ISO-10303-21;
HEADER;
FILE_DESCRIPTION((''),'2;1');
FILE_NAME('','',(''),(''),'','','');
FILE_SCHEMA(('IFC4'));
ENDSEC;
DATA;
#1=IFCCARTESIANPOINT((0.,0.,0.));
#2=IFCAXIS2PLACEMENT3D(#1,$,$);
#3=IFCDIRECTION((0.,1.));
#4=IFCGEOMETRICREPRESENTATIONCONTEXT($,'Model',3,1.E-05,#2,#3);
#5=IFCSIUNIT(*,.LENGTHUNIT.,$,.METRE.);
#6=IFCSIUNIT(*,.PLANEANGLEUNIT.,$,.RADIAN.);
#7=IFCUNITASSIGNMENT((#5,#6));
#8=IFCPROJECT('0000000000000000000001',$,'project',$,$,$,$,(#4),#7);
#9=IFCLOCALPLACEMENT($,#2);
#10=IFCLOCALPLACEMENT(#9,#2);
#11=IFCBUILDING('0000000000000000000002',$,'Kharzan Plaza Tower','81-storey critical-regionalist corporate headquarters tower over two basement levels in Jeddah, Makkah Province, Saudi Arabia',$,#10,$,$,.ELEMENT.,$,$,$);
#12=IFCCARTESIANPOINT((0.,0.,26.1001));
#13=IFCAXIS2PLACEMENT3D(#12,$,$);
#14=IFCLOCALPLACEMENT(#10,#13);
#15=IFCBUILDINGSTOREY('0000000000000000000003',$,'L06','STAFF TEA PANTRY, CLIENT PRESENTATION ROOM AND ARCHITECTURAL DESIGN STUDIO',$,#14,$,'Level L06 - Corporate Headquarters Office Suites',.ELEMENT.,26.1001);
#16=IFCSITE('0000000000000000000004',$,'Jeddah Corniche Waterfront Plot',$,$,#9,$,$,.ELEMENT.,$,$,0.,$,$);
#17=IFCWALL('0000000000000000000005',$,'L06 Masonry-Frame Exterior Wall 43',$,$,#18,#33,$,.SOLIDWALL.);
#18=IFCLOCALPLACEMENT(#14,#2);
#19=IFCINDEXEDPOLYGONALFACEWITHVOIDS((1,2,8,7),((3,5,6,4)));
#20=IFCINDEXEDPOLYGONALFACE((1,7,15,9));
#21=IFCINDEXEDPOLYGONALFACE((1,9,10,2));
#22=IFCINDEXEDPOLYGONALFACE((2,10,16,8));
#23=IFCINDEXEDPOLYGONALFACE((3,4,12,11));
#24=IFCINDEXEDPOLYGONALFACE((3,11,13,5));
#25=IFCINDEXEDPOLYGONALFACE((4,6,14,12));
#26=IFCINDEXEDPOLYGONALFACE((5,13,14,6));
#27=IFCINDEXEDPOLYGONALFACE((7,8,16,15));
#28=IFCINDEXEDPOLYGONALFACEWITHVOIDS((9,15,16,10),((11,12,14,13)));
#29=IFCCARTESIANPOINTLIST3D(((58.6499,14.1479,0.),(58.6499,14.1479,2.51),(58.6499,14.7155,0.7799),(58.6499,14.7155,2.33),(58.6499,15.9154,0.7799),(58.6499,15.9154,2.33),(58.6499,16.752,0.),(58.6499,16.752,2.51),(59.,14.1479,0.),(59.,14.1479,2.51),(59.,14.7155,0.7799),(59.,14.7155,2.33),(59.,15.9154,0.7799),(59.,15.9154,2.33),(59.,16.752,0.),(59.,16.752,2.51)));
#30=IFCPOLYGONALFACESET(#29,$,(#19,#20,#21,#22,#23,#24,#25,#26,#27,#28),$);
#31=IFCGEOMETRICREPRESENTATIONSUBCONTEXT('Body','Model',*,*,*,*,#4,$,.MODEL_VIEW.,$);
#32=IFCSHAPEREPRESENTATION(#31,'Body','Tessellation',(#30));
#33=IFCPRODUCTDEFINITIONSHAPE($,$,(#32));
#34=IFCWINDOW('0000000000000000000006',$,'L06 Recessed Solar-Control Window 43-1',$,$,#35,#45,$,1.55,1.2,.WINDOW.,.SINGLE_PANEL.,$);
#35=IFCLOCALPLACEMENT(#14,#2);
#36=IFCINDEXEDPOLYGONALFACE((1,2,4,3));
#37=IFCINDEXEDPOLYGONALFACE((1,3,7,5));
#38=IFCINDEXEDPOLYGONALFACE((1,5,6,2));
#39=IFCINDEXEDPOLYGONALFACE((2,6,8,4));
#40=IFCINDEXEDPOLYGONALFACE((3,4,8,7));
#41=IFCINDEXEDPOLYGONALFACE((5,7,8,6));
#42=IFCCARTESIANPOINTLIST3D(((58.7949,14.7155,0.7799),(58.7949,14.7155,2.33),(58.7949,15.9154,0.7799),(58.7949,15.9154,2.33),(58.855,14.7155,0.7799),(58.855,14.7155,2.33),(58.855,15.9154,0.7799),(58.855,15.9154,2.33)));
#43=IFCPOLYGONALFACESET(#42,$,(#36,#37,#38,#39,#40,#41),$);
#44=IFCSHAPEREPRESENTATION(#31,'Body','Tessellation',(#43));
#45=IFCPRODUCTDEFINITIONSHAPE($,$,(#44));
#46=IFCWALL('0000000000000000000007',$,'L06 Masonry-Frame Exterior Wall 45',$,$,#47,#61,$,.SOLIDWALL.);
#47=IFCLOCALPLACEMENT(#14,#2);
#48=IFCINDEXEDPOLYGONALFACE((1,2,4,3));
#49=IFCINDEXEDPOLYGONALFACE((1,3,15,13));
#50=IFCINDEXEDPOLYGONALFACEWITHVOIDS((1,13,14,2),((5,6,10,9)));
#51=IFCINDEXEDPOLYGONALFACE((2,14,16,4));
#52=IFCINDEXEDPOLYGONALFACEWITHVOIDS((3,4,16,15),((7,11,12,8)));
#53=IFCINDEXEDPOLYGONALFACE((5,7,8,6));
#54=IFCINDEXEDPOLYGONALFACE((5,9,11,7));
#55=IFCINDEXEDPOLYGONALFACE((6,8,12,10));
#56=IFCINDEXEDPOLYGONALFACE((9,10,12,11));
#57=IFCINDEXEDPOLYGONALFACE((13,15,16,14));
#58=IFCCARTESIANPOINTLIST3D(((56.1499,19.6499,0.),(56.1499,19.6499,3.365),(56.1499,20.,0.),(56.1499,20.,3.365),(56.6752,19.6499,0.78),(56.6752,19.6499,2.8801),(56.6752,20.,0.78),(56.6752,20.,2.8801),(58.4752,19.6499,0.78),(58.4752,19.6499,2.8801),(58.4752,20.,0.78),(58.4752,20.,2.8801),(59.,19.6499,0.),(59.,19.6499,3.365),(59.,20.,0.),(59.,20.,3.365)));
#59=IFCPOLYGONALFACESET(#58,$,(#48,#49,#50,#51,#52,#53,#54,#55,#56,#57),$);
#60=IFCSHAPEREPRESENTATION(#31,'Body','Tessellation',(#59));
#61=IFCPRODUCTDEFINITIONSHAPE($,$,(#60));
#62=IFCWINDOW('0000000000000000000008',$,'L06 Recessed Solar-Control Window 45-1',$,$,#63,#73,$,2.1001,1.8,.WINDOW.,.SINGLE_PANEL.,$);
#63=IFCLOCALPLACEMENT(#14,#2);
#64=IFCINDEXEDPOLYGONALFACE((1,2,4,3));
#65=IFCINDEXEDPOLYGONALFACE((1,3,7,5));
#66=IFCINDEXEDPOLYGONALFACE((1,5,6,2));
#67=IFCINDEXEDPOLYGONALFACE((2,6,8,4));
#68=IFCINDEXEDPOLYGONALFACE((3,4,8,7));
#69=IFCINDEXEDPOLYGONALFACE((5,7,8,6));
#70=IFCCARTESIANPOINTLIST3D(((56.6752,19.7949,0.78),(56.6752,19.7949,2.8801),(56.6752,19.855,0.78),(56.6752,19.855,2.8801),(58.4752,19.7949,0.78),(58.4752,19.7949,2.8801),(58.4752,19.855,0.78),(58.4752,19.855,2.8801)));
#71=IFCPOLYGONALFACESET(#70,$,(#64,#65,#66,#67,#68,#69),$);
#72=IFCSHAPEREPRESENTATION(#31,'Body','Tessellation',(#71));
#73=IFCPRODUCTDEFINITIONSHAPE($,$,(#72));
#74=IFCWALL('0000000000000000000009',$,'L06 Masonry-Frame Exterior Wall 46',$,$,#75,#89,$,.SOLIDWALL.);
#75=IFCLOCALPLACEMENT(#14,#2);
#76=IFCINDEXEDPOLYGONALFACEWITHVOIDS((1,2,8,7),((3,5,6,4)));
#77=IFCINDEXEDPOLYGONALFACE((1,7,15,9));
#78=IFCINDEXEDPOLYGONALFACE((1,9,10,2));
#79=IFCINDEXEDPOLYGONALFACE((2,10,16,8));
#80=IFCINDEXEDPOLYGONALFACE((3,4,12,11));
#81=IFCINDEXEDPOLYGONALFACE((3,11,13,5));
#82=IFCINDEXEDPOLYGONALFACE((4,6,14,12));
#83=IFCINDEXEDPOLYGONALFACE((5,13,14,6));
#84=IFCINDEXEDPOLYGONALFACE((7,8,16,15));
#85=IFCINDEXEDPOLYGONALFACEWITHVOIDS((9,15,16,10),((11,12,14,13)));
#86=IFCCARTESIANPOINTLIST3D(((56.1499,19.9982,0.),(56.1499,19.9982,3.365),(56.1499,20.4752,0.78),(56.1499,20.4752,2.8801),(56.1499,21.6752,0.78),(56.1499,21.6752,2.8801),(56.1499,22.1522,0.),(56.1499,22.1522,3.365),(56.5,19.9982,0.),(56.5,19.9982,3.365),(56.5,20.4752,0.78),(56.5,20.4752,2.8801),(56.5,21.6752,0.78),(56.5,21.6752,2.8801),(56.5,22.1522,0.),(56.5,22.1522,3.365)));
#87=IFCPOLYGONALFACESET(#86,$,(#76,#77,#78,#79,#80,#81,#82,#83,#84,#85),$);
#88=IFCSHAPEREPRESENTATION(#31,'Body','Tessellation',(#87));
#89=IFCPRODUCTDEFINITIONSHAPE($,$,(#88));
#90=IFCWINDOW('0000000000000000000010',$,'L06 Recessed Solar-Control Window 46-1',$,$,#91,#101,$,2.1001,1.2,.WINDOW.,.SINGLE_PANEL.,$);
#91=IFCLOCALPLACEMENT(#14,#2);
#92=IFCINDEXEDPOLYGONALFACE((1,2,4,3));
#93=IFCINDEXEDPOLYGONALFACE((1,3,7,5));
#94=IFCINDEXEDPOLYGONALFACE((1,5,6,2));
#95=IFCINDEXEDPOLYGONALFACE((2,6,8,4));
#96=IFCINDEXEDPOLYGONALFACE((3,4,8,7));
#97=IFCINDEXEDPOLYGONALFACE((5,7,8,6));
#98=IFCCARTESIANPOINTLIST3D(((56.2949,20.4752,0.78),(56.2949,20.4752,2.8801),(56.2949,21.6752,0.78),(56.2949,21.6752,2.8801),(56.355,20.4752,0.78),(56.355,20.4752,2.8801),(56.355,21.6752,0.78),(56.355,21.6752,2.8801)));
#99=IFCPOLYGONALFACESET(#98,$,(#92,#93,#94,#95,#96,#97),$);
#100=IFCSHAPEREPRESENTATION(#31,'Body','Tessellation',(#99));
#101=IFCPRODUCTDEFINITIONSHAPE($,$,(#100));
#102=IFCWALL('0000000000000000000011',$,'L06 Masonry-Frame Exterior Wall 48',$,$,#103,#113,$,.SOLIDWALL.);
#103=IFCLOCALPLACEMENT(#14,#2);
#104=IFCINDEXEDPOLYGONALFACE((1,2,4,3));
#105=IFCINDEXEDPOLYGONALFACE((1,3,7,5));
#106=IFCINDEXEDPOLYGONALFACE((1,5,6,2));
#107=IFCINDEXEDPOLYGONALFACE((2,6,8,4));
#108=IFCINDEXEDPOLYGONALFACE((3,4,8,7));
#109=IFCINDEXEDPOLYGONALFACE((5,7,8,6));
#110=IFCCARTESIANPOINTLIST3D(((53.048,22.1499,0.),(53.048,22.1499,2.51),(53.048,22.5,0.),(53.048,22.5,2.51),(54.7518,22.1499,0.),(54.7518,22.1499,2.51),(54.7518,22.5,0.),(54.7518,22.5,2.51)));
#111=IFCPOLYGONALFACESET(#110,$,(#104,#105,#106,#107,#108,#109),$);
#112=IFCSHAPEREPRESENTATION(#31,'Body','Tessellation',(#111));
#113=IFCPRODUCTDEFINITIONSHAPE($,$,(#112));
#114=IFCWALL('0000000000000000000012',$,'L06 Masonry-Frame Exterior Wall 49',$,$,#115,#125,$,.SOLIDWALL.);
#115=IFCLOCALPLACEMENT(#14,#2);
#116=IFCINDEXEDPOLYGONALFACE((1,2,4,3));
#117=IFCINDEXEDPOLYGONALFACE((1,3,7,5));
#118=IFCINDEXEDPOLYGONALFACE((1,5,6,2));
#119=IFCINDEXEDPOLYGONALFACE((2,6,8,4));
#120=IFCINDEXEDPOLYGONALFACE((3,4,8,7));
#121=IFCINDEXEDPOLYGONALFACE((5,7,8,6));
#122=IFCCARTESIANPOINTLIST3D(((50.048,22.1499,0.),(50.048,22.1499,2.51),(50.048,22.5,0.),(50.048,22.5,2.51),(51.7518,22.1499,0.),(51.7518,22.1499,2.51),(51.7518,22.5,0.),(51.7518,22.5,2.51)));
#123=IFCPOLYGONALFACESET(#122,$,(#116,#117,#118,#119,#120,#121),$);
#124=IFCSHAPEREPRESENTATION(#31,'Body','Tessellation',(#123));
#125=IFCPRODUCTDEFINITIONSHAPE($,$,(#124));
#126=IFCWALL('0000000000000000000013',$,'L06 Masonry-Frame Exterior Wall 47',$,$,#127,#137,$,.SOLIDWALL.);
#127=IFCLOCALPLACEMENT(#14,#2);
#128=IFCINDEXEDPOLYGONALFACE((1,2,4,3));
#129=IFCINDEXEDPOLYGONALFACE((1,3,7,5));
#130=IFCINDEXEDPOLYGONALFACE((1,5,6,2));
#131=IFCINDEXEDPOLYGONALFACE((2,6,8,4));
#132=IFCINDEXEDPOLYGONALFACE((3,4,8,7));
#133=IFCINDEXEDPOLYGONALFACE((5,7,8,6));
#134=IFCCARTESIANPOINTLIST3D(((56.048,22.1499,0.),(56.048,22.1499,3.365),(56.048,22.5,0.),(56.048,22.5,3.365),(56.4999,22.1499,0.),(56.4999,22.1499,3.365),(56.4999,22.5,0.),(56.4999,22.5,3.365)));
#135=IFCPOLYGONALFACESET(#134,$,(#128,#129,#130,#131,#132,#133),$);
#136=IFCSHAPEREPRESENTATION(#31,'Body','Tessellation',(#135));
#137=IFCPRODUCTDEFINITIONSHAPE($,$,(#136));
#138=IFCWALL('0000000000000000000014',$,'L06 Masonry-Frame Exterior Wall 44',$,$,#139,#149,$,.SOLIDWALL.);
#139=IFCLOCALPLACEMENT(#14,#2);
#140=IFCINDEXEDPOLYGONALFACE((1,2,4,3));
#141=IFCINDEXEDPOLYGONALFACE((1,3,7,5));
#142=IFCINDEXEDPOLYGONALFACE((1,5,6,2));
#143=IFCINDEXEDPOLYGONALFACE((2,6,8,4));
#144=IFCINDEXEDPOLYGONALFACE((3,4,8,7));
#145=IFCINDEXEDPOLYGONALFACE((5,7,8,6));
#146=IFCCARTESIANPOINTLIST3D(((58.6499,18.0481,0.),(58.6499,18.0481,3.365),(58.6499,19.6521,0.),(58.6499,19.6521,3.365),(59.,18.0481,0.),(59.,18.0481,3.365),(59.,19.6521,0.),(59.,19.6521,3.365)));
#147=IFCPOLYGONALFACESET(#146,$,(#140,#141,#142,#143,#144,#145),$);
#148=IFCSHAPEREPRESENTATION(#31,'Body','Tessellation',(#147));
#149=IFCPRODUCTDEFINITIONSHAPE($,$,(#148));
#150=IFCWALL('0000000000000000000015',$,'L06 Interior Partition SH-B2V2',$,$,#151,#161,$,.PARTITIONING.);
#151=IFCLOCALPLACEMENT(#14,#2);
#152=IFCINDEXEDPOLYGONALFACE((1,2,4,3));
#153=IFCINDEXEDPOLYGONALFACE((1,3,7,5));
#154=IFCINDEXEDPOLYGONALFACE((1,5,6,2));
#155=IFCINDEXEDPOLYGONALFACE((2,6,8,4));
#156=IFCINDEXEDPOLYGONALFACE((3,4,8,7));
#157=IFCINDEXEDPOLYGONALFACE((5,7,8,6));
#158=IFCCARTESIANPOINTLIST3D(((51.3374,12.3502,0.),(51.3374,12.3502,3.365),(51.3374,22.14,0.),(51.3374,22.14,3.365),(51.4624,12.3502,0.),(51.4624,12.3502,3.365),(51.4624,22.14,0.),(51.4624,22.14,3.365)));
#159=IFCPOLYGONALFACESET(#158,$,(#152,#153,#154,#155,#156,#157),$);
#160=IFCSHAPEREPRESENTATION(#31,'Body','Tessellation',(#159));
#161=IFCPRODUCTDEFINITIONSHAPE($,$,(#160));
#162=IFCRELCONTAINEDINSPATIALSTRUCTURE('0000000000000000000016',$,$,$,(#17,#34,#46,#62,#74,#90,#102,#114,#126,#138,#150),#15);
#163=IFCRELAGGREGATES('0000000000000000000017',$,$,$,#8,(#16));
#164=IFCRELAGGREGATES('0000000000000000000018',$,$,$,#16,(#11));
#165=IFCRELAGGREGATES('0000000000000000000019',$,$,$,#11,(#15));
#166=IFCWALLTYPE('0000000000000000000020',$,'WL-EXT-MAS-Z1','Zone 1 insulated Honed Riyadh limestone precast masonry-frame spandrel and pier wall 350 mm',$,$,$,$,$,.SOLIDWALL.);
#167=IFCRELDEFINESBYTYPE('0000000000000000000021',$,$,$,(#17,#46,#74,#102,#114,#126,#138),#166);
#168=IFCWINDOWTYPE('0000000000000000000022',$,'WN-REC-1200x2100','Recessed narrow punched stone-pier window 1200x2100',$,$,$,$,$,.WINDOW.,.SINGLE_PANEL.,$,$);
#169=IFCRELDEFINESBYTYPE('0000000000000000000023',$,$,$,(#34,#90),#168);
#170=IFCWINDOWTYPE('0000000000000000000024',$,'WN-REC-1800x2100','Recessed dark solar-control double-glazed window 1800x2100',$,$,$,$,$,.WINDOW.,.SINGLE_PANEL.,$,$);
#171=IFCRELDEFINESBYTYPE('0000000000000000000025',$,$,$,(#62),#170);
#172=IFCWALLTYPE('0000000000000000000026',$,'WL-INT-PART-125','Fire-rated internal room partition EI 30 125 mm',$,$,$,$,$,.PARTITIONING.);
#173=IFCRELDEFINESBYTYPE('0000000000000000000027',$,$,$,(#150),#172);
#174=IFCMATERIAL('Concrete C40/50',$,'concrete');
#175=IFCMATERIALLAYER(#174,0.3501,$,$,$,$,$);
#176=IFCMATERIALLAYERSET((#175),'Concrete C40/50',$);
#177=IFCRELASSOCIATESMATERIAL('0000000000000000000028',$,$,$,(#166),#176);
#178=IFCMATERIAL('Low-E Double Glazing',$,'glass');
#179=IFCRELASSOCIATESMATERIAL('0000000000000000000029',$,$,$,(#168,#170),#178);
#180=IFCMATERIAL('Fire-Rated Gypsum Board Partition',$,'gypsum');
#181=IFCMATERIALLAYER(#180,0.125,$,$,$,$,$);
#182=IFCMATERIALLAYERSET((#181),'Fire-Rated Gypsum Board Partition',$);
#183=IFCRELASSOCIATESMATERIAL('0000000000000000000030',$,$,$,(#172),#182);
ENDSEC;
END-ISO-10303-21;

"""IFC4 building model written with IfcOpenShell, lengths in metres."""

from ifc_helpers import new_model, si_unit, direction, frame, frame_2d, origin, place, context, subcontext, project, spatial, rectangle, extrude, source, transform, mapped, material, layer, layer_set, type_object, element, fill, save


model = new_model("IFC4")

# Units and contexts
model_context = context("Model", 3, precision=1e-05, world=origin(), true_north=direction((0.0, 1.0)))
body_context = subcontext(model_context, "Body", "Model", "MODEL_VIEW")
ifc_project = project(units=[si_unit("LENGTHUNIT", "METRE"), si_unit("PLANEANGLEUNIT", "RADIAN")], contexts=[model_context])

# Site, building, storey
site_placement = place(None, origin())
site = spatial("IfcSite", under=ifc_project, at=site_placement, Name="Jeddah Corniche Waterfront Plot", CompositionType="ELEMENT", RefElevation=0.0)
building_placement = place(site_placement, origin())
building = spatial("IfcBuilding", under=site, at=building_placement, Name="Kharzan Plaza Tower", Description="81-storey critical-regionalist corporate headquarters tower over two basement levels in Jeddah, Makkah Province, Saudi Arabia", CompositionType="ELEMENT")
storey_placement = place(building_placement, frame((0.0, 0.0, 26.1001)))
storey = spatial("IfcBuildingStorey", under=building, at=storey_placement, Name="L06", Description="STAFF TEA PANTRY, CLIENT PRESENTATION ROOM AND ARCHITECTURAL DESIGN STUDIO", LongName="Level L06 - Corporate Headquarters Office Suites", CompositionType="ELEMENT", Elevation=26.1001)

# Walls, openings, windows
ifc_material_1 = material(Name="Concrete C40/50", Category="concrete")
ifc_layer_1 = layer(ifc_material_1, 0.3501)
ifc_layer_set_1 = layer_set([ifc_layer_1], Name="Concrete C40/50")
wall_type_1 = type_object("IfcWallType", Name="WL-EXT-MAS-Z1", Description="Zone 1 insulated Honed Riyadh limestone precast masonry-frame spandrel and pier wall 350 mm", PredefinedType="SOLIDWALL", material=ifc_layer_set_1)
wall_1_placement = place(storey_placement, frame((58.825, 14.1479, 0.0), z_axis=(0.0, 0.0, 1.0), x_axis=(0.0, 1.0, 0.0)))
wall_1 = element("IfcWall", 1, at=wall_1_placement, inside=storey, type_object=wall_type_1, Name="L06 Masonry-Frame Exterior Wall 43", PredefinedType="SOLIDWALL", context=body_context, shape_type="SweptSolid", body=[
    extrude(rectangle(XDim=2.604, YDim=0.3501, at=frame_2d((1.302, 0.0))), origin(), (0.0, 0.0, 1.0), 2.51),
])
opening_1_placement = place(wall_1_placement, frame((0.5674, 0.0, 0.78)))
opening_1 = element("IfcOpeningElement", 2, at=opening_1_placement, cuts=wall_1, PredefinedType="OPENING", context=body_context, shape_type="SweptSolid", body=[
    extrude(rectangle(XDim=1.2, YDim=1.55, at=frame_2d((0.6001, 0.7749))), frame((0.0, 0.1851, 0.0), z_axis=(0.0, -1.0, 0.0), x_axis=(1.0, 0.0, 0.0)), (0.0, 0.0, 1.0), 0.3701),
])
ifc_material_2 = material(Name="Low-E Double Glazing", Category="glass")
window_type_1 = type_object("IfcWindowType", Name="WN-REC-1200x2100", Description="Recessed narrow punched stone-pier window 1200x2100", PartitioningType="SINGLE_PANEL", PredefinedType="WINDOW", material=ifc_material_2)
shared_shape_1 = source(origin(), body_context, "Body", "SweptSolid", [
    extrude(rectangle(XDim=1.2, YDim=1.55, at=frame_2d((0.6001, 0.7749))), frame((0.0, 0.03, 0.0), z_axis=(0.0, -1.0, 0.0), x_axis=(1.0, 0.0, 0.0)), (0.0, 0.0, 1.0), 0.0601),
])
window_1_placement = place(opening_1_placement, origin())
window_1 = element("IfcWindow", 3, at=window_1_placement, inside=storey, type_object=window_type_1, Name="L06 Recessed Solar-Control Window 43-1", OverallHeight=1.55, OverallWidth=1.2, PartitioningType="SINGLE_PANEL", PredefinedType="WINDOW", context=body_context, shape_type="MappedRepresentation", body=[
    mapped(shared_shape_1, transform((0.0, 0.0, 0.0), x_axis=(1.0, 0.0, 0.0), y_axis=(0.0, 1.0, 0.0), z_axis=(0.0, 0.0, 1.0))),
])
fill(opening_1, window_1)
wall_2_placement = place(storey_placement, frame((59.0, 19.825, 0.0), z_axis=(0.0, 0.0, 1.0), x_axis=(-1.0, 0.0, 0.0)))
wall_2 = element("IfcWall", 4, at=wall_2_placement, inside=storey, type_object=wall_type_1, Name="L06 Masonry-Frame Exterior Wall 45", PredefinedType="SOLIDWALL", context=body_context, shape_type="SweptSolid", body=[
    extrude(rectangle(XDim=2.8501, YDim=0.3501, at=frame_2d((1.425, 0.0))), origin(), (0.0, 0.0, 1.0), 3.365),
])
opening_2_placement = place(wall_2_placement, frame((0.5249, 0.0, 0.78)))
opening_2 = element("IfcOpeningElement", 5, at=opening_2_placement, cuts=wall_2, PredefinedType="OPENING", context=body_context, shape_type="SweptSolid", body=[
    extrude(rectangle(XDim=1.8, YDim=2.1001, at=frame_2d((0.8999, 1.05))), frame((0.0, 0.1851, 0.0), z_axis=(0.0, -1.0, 0.0), x_axis=(1.0, 0.0, 0.0)), (0.0, 0.0, 1.0), 0.3701),
])
window_type_2 = type_object("IfcWindowType", Name="WN-REC-1800x2100", Description="Recessed dark solar-control double-glazed window 1800x2100", PartitioningType="SINGLE_PANEL", PredefinedType="WINDOW", material=ifc_material_2)
shared_shape_2 = source(origin(), body_context, "Body", "SweptSolid", [
    extrude(rectangle(XDim=1.8, YDim=2.1001, at=frame_2d((0.8999, 1.05))), frame((0.0, 0.03, 0.0), z_axis=(0.0, -1.0, 0.0), x_axis=(1.0, 0.0, 0.0)), (0.0, 0.0, 1.0), 0.0601),
])
window_2_placement = place(opening_2_placement, origin())
window_2 = element("IfcWindow", 6, at=window_2_placement, inside=storey, type_object=window_type_2, Name="L06 Recessed Solar-Control Window 45-1", OverallHeight=2.1001, OverallWidth=1.8, PartitioningType="SINGLE_PANEL", PredefinedType="WINDOW", context=body_context, shape_type="MappedRepresentation", body=[
    mapped(shared_shape_2, transform((0.0, 0.0, 0.0), x_axis=(1.0, 0.0, 0.0), y_axis=(0.0, 1.0, 0.0), z_axis=(0.0, 0.0, 1.0))),
])
fill(opening_2, window_2)
wall_3_placement = place(storey_placement, frame((56.325, 19.998, 0.0), z_axis=(0.0, 0.0, 1.0), x_axis=(0.0, 1.0, 0.0)))
wall_3 = element("IfcWall", 7, at=wall_3_placement, inside=storey, type_object=wall_type_1, Name="L06 Masonry-Frame Exterior Wall 46", PredefinedType="SOLIDWALL", context=body_context, shape_type="SweptSolid", body=[
    extrude(rectangle(XDim=2.1541, YDim=0.3501, at=frame_2d((1.0771, 0.0))), origin(), (0.0, 0.0, 1.0), 3.365),
])
opening_3_placement = place(wall_3_placement, frame((0.4771, 0.0, 0.78)))
opening_3 = element("IfcOpeningElement", 8, at=opening_3_placement, cuts=wall_3, PredefinedType="OPENING", context=body_context, shape_type="SweptSolid", body=[
    extrude(rectangle(XDim=1.2, YDim=2.1001, at=frame_2d((0.6001, 1.05))), frame((0.0, 0.1851, 0.0), z_axis=(0.0, -1.0, 0.0), x_axis=(1.0, 0.0, 0.0)), (0.0, 0.0, 1.0), 0.3701),
])
shared_shape_3 = source(origin(), body_context, "Body", "SweptSolid", [
    extrude(rectangle(XDim=1.2, YDim=2.1001, at=frame_2d((0.6001, 1.05))), frame((0.0, 0.03, 0.0), z_axis=(0.0, -1.0, 0.0), x_axis=(1.0, 0.0, 0.0)), (0.0, 0.0, 1.0), 0.0601),
])
window_3_placement = place(opening_3_placement, origin())
window_3 = element("IfcWindow", 9, at=window_3_placement, inside=storey, type_object=window_type_1, Name="L06 Recessed Solar-Control Window 46-1", OverallHeight=2.1001, OverallWidth=1.2, PartitioningType="SINGLE_PANEL", PredefinedType="WINDOW", context=body_context, shape_type="MappedRepresentation", body=[
    mapped(shared_shape_3, transform((0.0, 0.0, 0.0), x_axis=(1.0, 0.0, 0.0), y_axis=(0.0, 1.0, 0.0), z_axis=(0.0, 0.0, 1.0))),
])
fill(opening_3, window_3)

# Walls
shared_shape_4 = source(origin(), body_context, "Body", "SweptSolid", [
    extrude(rectangle(XDim=1.7039, YDim=0.3501, at=frame_2d((0.8521, 0.0))), origin(), (0.0, 0.0, 1.0), 2.51),
])
for number, where, z_axis, x_axis, name in (
    (10, (54.752, 22.325, 0.0), (0.0, 0.0, 1.0), (-1.0, 0.0, 0.0), "L06 Masonry-Frame Exterior Wall 48"),
    (11, (51.752, 22.325, 0.0), (0.0, 0.0, 1.0), (-1.0, 0.0, 0.0), "L06 Masonry-Frame Exterior Wall 49"),
):
    element("IfcWall", number, at=place(storey_placement, frame(where, z_axis=z_axis, x_axis=x_axis)), inside=storey, type_object=wall_type_1, Name=name, PredefinedType="SOLIDWALL", context=body_context, shape_type="MappedRepresentation", body=[
        mapped(shared_shape_4, transform((0.0, 0.0, 0.0), x_axis=(1.0, 0.0, 0.0), y_axis=(0.0, 1.0, 0.0), z_axis=(0.0, 0.0, 1.0))),
    ])
shared_shape_5 = source(origin(), body_context, "Body", "SweptSolid", [
    extrude(rectangle(XDim=0.4519, YDim=0.3501, at=frame_2d((0.2261, 0.0))), origin(), (0.0, 0.0, 1.0), 3.365),
])
wall_4_placement = place(storey_placement, frame((56.5, 22.325, 0.0), z_axis=(0.0, 0.0, 1.0), x_axis=(-1.0, 0.0, 0.0)))
element("IfcWall", 12, at=wall_4_placement, inside=storey, type_object=wall_type_1, Name="L06 Masonry-Frame Exterior Wall 47", PredefinedType="SOLIDWALL", context=body_context, shape_type="MappedRepresentation", body=[
    mapped(shared_shape_5, transform((0.0, 0.0, 0.0), x_axis=(1.0, 0.0, 0.0), y_axis=(0.0, 1.0, 0.0), z_axis=(0.0, 0.0, 1.0))),
])
shared_shape_6 = source(origin(), body_context, "Body", "SweptSolid", [
    extrude(rectangle(XDim=1.604, YDim=0.3501, at=frame_2d((0.802, 0.0))), origin(), (0.0, 0.0, 1.0), 3.365),
])
wall_5_placement = place(storey_placement, frame((58.825, 18.0481, 0.0), z_axis=(0.0, 0.0, 1.0), x_axis=(0.0, 1.0, 0.0)))
element("IfcWall", 13, at=wall_5_placement, inside=storey, type_object=wall_type_1, Name="L06 Masonry-Frame Exterior Wall 44", PredefinedType="SOLIDWALL", context=body_context, shape_type="MappedRepresentation", body=[
    mapped(shared_shape_6, transform((0.0, 0.0, 0.0), x_axis=(1.0, 0.0, 0.0), y_axis=(0.0, 1.0, 0.0), z_axis=(0.0, 0.0, 1.0))),
])
ifc_material_3 = material(Name="Fire-Rated Gypsum Board Partition", Category="gypsum")
ifc_layer_2 = layer(ifc_material_3, 0.125)
ifc_layer_set_2 = layer_set([ifc_layer_2], Name="Fire-Rated Gypsum Board Partition")
wall_type_2 = type_object("IfcWallType", Name="WL-INT-PART-125", Description="Fire-rated internal room partition EI 30 125 mm", PredefinedType="PARTITIONING", material=ifc_layer_set_2)
shared_shape_7 = source(origin(), body_context, "Body", "SweptSolid", [
    extrude(rectangle(XDim=9.7898, YDim=0.125, at=frame_2d((4.895, 0.0))), origin(), (0.0, 0.0, 1.0), 3.365),
])
wall_6_placement = place(storey_placement, frame((51.3999, 12.3501, 0.0), z_axis=(0.0, 0.0, 1.0), x_axis=(0.0, 1.0, 0.0)))
element("IfcWall", 14, at=wall_6_placement, inside=storey, type_object=wall_type_2, Name="L06 Interior Partition SH-B2V2", PredefinedType="PARTITIONING", context=body_context, shape_type="MappedRepresentation", body=[
    mapped(shared_shape_7, transform((0.0, 0.0, 0.0), x_axis=(1.0, 0.0, 0.0), y_axis=(0.0, 1.0, 0.0), z_axis=(0.0, 0.0, 1.0))),
])

save(model, "model.ifc")
